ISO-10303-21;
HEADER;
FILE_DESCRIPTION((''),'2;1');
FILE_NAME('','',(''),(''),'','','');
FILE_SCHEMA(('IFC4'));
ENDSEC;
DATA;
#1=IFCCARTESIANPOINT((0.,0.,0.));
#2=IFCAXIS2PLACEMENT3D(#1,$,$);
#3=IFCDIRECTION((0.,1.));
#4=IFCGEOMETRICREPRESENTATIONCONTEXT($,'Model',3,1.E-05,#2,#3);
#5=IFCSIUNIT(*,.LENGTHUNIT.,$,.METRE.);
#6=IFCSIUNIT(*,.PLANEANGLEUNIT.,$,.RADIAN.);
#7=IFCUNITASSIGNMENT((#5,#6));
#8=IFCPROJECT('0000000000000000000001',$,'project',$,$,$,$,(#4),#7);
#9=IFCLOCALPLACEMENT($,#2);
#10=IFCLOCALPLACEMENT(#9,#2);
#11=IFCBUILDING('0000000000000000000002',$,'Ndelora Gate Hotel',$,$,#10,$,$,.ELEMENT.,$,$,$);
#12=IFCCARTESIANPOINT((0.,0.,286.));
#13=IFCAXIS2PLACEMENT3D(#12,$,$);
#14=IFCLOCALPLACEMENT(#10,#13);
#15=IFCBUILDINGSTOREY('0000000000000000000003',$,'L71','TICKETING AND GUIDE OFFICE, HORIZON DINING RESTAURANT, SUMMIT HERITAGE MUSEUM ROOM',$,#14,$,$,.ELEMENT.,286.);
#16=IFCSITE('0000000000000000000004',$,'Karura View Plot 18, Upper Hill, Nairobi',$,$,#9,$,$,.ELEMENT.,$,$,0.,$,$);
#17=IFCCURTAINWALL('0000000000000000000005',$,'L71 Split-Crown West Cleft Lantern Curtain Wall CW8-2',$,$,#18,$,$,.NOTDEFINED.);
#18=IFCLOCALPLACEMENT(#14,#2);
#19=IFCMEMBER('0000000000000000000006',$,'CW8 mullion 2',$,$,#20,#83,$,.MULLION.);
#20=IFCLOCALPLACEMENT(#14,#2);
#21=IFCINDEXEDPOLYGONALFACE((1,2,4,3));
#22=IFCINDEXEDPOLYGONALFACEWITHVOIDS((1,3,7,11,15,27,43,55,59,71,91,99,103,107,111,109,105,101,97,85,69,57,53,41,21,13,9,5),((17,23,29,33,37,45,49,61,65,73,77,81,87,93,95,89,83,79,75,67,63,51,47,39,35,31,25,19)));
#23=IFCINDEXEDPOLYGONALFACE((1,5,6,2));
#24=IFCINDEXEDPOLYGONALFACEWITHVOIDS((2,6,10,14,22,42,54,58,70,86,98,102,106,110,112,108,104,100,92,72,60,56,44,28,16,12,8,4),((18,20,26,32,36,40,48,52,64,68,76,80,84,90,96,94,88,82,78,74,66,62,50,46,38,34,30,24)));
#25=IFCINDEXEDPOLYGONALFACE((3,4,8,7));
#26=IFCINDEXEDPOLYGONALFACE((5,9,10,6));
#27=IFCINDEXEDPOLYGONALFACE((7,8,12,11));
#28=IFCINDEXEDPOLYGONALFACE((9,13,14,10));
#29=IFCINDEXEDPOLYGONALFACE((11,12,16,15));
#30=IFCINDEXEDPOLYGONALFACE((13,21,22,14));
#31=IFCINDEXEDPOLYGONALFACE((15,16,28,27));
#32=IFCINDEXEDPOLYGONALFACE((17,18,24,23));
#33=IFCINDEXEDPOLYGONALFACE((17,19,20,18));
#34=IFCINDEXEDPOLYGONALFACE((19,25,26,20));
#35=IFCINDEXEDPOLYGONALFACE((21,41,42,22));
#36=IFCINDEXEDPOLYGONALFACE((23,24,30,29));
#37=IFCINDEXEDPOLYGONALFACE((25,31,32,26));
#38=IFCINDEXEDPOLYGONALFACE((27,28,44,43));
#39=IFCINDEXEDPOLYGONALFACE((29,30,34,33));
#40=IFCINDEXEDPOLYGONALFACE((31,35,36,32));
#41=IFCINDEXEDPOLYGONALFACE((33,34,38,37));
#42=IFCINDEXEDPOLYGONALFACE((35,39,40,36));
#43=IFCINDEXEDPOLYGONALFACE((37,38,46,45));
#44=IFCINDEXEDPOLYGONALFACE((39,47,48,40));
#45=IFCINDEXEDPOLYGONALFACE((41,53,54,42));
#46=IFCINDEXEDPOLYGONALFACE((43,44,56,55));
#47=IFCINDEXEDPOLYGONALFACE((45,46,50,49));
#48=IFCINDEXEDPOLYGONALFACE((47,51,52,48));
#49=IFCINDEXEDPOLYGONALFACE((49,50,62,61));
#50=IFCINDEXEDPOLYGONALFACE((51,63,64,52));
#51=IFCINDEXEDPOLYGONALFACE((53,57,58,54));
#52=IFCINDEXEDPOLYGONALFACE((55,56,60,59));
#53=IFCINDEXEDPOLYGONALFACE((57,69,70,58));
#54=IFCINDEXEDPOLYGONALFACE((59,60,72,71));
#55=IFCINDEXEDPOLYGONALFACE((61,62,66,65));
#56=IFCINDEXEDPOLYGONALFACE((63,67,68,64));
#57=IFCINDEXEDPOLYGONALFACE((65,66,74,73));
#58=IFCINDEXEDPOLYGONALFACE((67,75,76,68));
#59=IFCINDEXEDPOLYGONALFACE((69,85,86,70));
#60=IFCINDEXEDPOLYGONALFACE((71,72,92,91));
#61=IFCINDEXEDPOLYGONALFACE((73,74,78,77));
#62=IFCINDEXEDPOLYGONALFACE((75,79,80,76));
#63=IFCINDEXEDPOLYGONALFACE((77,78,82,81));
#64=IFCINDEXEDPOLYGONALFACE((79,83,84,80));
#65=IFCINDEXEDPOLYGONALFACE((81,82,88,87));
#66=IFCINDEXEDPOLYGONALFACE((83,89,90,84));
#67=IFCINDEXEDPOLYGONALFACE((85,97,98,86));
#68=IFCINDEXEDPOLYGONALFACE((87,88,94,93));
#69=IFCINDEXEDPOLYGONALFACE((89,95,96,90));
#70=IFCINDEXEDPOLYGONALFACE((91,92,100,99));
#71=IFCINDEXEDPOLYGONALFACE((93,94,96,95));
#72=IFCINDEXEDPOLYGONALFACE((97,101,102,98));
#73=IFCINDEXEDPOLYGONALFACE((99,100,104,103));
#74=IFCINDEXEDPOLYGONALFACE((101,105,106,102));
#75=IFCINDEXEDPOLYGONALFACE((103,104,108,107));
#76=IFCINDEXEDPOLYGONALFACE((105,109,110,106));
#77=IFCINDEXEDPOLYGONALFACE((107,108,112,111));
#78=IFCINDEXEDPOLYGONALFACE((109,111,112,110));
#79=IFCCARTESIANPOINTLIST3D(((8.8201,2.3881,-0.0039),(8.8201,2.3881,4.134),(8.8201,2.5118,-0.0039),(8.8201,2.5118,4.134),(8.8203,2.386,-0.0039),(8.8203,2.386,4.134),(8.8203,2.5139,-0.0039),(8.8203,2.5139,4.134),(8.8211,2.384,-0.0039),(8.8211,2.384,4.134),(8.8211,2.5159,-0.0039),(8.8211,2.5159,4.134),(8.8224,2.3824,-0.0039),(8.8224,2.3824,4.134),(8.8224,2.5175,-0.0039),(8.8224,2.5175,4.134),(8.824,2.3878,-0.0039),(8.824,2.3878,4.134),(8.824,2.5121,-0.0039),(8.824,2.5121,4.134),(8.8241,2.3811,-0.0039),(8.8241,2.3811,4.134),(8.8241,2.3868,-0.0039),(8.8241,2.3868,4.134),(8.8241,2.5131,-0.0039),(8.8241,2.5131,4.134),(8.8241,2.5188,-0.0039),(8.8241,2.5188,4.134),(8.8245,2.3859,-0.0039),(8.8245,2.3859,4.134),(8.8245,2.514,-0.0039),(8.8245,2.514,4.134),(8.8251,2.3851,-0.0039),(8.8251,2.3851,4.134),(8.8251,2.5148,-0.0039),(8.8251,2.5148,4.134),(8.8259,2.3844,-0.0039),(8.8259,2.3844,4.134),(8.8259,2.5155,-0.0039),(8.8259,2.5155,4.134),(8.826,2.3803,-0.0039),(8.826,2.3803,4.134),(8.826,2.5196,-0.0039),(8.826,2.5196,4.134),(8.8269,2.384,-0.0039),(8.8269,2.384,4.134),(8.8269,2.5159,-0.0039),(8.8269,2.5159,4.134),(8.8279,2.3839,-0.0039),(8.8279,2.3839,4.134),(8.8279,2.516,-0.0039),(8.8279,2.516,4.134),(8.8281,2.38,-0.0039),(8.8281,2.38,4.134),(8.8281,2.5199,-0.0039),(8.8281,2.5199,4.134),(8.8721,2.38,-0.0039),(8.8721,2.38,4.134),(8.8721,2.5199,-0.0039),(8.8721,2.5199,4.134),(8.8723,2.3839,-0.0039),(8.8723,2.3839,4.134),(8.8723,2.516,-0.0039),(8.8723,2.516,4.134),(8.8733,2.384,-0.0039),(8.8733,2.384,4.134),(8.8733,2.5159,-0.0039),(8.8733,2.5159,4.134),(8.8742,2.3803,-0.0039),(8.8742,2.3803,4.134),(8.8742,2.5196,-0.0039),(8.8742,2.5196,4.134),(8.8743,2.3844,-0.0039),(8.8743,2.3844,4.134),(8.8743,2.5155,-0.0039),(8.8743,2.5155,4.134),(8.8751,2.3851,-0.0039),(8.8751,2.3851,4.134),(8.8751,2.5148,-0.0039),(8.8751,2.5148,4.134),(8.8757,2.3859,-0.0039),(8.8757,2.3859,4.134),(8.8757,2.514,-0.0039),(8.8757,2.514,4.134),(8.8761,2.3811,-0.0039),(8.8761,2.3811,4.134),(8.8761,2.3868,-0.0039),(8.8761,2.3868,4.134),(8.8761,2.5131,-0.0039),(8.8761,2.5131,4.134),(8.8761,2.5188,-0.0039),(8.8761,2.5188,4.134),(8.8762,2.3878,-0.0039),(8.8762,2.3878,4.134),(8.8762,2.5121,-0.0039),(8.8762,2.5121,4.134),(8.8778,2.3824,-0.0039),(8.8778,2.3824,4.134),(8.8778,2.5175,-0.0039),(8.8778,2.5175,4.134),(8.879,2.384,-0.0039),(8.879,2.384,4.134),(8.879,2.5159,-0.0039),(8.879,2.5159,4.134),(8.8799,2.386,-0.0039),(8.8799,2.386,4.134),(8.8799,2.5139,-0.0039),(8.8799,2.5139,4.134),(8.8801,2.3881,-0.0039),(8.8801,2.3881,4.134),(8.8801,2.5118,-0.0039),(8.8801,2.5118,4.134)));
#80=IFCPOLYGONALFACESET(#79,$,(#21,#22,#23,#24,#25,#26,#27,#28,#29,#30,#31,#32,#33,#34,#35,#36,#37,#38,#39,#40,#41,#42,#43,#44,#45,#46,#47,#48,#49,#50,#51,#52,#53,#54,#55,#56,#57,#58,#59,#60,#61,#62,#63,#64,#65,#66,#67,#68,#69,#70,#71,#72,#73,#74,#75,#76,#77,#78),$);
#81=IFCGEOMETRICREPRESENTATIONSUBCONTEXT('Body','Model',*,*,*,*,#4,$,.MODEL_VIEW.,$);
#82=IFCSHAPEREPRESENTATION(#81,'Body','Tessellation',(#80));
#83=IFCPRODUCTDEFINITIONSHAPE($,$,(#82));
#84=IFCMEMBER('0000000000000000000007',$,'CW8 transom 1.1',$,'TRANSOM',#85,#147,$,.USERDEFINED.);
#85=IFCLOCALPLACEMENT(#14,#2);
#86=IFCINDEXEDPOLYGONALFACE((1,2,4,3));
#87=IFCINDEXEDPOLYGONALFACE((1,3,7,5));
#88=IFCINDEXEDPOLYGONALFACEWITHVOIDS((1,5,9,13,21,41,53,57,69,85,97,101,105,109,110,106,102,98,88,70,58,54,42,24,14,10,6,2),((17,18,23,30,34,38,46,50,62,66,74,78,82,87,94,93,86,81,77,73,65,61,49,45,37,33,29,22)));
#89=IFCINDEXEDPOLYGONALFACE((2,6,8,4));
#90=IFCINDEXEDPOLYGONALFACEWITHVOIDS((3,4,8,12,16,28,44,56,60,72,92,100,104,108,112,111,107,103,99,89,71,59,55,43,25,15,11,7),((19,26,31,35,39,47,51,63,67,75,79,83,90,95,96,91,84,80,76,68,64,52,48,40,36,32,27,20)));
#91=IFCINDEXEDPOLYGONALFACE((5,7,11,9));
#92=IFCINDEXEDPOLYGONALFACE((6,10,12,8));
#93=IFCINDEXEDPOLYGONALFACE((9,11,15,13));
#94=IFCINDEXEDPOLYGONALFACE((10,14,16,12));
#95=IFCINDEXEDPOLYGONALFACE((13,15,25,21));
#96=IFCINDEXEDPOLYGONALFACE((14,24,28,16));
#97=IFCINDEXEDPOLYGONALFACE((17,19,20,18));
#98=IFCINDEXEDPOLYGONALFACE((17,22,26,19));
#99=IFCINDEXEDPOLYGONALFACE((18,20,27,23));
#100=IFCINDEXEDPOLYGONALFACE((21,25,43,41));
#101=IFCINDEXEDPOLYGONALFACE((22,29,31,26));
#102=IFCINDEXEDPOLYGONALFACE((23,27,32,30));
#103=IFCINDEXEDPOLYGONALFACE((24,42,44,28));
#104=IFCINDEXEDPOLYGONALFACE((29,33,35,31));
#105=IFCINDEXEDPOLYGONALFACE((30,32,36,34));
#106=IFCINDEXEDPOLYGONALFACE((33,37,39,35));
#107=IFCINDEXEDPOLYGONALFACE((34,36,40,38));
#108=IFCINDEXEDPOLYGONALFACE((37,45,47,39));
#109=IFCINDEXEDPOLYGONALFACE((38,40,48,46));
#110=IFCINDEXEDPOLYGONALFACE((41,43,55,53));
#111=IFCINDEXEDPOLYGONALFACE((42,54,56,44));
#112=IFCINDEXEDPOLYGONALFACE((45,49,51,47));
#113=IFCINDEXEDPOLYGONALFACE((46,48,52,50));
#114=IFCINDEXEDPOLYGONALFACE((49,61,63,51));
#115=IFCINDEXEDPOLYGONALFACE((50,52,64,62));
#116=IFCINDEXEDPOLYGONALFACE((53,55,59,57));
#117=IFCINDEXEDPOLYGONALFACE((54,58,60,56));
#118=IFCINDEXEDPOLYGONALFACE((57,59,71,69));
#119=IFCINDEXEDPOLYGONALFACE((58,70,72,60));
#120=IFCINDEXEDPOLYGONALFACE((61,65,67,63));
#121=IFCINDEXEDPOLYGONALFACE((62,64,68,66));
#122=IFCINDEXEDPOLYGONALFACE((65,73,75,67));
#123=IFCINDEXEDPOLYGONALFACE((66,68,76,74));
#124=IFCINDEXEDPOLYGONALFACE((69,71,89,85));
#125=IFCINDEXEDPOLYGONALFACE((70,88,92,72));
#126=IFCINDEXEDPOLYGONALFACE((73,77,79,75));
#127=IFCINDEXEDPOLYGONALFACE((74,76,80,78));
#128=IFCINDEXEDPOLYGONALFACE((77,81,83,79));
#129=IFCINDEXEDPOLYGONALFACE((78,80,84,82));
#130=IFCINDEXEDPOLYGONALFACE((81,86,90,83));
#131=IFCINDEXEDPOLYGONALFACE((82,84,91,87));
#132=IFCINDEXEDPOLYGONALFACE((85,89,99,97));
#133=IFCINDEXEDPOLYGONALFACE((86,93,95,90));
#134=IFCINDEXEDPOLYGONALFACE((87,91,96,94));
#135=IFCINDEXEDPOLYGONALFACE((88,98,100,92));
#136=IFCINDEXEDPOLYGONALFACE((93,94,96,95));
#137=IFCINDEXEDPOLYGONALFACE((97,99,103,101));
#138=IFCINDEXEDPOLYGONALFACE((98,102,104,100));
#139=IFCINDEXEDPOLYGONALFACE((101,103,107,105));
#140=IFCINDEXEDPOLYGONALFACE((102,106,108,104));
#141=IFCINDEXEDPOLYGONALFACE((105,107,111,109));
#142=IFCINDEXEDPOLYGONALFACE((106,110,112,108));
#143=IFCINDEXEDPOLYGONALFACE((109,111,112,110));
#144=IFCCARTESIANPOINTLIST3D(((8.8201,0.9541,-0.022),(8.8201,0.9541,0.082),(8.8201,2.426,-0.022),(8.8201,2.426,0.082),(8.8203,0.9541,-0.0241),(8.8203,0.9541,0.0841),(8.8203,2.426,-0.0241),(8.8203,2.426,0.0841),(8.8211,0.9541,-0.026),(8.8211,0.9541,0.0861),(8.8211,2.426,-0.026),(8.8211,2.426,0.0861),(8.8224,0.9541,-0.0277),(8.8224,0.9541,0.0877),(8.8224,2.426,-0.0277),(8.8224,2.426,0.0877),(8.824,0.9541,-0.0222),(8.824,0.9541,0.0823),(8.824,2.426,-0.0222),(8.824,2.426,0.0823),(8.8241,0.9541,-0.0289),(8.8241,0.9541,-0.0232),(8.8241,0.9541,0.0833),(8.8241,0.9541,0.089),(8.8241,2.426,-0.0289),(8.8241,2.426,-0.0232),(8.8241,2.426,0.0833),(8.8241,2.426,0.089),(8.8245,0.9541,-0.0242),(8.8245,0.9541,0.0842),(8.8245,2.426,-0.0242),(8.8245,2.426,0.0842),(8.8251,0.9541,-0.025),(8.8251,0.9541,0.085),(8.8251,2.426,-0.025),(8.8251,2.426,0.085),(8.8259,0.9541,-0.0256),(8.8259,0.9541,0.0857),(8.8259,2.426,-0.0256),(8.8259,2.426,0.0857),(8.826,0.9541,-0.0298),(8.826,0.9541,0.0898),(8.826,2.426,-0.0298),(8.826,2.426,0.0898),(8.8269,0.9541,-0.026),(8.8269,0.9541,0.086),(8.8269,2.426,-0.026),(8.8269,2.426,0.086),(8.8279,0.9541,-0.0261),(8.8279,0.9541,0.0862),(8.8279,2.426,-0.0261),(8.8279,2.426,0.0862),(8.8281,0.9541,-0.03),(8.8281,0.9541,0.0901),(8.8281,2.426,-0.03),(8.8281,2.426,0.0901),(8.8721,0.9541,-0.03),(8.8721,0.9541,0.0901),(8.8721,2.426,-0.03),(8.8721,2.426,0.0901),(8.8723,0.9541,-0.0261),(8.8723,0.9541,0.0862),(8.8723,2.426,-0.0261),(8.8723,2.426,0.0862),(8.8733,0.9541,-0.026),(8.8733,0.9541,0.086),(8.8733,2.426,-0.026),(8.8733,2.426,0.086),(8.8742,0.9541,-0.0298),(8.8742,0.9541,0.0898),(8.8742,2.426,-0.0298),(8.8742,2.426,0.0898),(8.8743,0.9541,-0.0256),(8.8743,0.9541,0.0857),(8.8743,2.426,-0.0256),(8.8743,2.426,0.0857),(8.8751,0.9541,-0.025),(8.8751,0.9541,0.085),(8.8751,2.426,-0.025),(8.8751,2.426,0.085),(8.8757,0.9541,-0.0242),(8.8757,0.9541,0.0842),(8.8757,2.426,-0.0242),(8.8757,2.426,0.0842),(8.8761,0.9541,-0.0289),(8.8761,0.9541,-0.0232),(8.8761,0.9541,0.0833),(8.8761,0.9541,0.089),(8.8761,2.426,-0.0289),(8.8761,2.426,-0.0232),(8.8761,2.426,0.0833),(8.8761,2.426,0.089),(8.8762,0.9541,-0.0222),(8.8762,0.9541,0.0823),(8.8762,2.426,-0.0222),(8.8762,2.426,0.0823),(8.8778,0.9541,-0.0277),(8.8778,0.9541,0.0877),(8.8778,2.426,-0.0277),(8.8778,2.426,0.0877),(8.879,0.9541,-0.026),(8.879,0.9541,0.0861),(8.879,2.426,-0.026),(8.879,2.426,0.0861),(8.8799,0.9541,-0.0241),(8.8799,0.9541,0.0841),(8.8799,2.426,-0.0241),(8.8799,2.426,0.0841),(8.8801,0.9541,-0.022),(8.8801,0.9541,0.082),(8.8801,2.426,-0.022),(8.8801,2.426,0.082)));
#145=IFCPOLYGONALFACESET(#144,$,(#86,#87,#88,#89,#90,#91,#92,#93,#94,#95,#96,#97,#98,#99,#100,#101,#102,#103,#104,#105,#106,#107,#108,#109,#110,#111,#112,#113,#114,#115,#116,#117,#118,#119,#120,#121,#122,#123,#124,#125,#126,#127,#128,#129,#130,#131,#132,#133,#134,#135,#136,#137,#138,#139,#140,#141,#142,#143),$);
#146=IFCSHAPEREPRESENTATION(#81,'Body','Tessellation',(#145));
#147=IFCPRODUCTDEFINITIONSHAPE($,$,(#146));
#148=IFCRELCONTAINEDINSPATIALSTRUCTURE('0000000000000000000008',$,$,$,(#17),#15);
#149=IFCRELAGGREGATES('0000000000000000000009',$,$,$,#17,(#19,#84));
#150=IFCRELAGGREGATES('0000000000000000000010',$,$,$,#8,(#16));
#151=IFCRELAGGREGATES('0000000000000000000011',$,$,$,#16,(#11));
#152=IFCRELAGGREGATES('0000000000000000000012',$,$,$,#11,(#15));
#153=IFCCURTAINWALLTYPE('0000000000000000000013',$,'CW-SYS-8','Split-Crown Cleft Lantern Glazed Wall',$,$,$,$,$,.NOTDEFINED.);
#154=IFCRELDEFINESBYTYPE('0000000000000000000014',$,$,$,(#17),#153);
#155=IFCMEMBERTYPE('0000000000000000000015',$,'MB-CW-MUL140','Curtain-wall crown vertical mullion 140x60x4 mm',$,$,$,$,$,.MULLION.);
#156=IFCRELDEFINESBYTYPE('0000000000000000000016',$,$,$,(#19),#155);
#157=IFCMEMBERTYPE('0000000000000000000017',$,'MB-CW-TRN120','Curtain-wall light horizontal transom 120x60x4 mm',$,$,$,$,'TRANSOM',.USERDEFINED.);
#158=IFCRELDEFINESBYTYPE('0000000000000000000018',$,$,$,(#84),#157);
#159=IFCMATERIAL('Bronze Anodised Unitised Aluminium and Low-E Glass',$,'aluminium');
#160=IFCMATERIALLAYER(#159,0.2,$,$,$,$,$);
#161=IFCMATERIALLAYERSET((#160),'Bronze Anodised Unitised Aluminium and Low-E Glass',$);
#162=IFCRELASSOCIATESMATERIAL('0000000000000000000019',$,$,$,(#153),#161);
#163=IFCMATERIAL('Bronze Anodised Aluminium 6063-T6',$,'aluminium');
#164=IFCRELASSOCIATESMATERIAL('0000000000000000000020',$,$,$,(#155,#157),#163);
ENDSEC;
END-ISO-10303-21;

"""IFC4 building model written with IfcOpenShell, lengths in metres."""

from ifc_helpers import new_model, si_unit, direction, frame, origin, origin_2d, place, context, subcontext, project, spatial, hollow_rectangle, extrude, material, layer, layer_set, material_profile, profile_set, type_object, element, aggregate, save


model = new_model("IFC4")

# Units and contexts
model_context = context("Model", 3, precision=1e-05, world=origin(), true_north=direction((0.0, 1.0)))
body_context = subcontext(model_context, "Body", "Model", "MODEL_VIEW")
ifc_project = project(units=[si_unit("LENGTHUNIT", "METRE"), si_unit("PLANEANGLEUNIT", "RADIAN")], contexts=[model_context])

# Site, building, storey
site_placement = place(None, origin())
site = spatial("IfcSite", under=ifc_project, at=site_placement, Name="Karura View Plot 18, Upper Hill, Nairobi", CompositionType="ELEMENT", RefElevation=0.0)
building_placement = place(site_placement, origin())
building = spatial("IfcBuilding", under=site, at=building_placement, Name="Ndelora Gate Hotel", CompositionType="ELEMENT")
storey_placement = place(building_placement, frame((0.0, 0.0, 286.0)))
storey = spatial("IfcBuildingStorey", under=building, at=storey_placement, Name="L71", Description="TICKETING AND GUIDE OFFICE, HORIZON DINING RESTAURANT, SUMMIT HERITAGE MUSEUM ROOM", CompositionType="ELEMENT", Elevation=286.0)

# Curtain wall, members
ifc_material_1 = material(Name="Bronze Anodised Unitised Aluminium and Low-E Glass", Category="aluminium")
ifc_layer_1 = layer(ifc_material_1, 0.2)
ifc_layer_set_1 = layer_set([ifc_layer_1], Name="Bronze Anodised Unitised Aluminium and Low-E Glass")
curtain_wall_type = type_object("IfcCurtainWallType", Name="CW-SYS-8", Description="Split-Crown Cleft Lantern Glazed Wall", PredefinedType="NOTDEFINED", material=ifc_layer_set_1)
curtain_wall_placement = place(storey_placement, origin())
curtain_wall = element("IfcCurtainWall", 1, at=curtain_wall_placement, inside=storey, type_object=curtain_wall_type, Name="L71 Split-Crown West Cleft Lantern Curtain Wall CW8-2", PredefinedType="NOTDEFINED")
ifc_material_2 = material(Name="Bronze Anodised Aluminium 6063-T6", Category="aluminium")
ifc_material_profile_1 = material_profile(ifc_material_2, hollow_rectangle(XDim=0.0601, YDim=0.1399, WallThickness=0.0039, InnerFilletRadius=0.0039, OuterFilletRadius=0.0081, at=origin_2d()), Name="ALU 140x60x4")
ifc_profile_set_1 = profile_set([ifc_material_profile_1], Name="Bronze Anodised Aluminium 6063-T6")
member_type_1 = type_object("IfcMemberType", Name="MB-CW-MUL140", Description="Curtain-wall crown vertical mullion 140x60x4 mm", PredefinedType="MULLION", material=ifc_profile_set_1)
member_1_placement = place(storey_placement, frame((8.8501, 2.45, -0.0039), z_axis=(0.0, 0.0, 1.0), x_axis=(-1.0, 0.0, 0.0)))
member_1 = element("IfcMember", 2, at=member_1_placement, type_object=member_type_1, Name="CW8 mullion 2", PredefinedType="MULLION", context=body_context, shape_type="SweptSolid", body=[
    extrude(hollow_rectangle(XDim=0.0601, YDim=0.1399, WallThickness=0.0039, InnerFilletRadius=0.0039, OuterFilletRadius=0.0081, at=origin_2d()), origin(), (0.0, 0.0, 1.0), 4.1379),
])
ifc_material_profile_2 = material_profile(ifc_material_2, hollow_rectangle(XDim=0.0601, YDim=0.1201, WallThickness=0.0039, InnerFilletRadius=0.0039, OuterFilletRadius=0.0081, at=origin_2d()), Name="ALU 120x60x4")
ifc_profile_set_2 = profile_set([ifc_material_profile_2], Name="Bronze Anodised Aluminium 6063-T6")
member_type_2 = type_object("IfcMemberType", Name="MB-CW-TRN120", Description="Curtain-wall light horizontal transom 120x60x4 mm", ElementType="TRANSOM", PredefinedType="USERDEFINED", material=ifc_profile_set_2)
member_2_placement = place(storey_placement, frame((8.8501, 0.9541, 0.03), z_axis=(0.0, 1.0, 0.0), x_axis=(-1.0, 0.0, 0.0)))
member_2 = element("IfcMember", 3, at=member_2_placement, type_object=member_type_2, Name="CW8 transom 1.1", ObjectType="TRANSOM", PredefinedType="USERDEFINED", context=body_context, shape_type="SweptSolid", body=[
    extrude(hollow_rectangle(XDim=0.0601, YDim=0.1201, WallThickness=0.0039, InnerFilletRadius=0.0039, OuterFilletRadius=0.0081, at=origin_2d()), origin(), (0.0, 0.0, 1.0), 1.4719),
])
aggregate(curtain_wall, [member_1, member_2])

save(model, "model.ifc")
